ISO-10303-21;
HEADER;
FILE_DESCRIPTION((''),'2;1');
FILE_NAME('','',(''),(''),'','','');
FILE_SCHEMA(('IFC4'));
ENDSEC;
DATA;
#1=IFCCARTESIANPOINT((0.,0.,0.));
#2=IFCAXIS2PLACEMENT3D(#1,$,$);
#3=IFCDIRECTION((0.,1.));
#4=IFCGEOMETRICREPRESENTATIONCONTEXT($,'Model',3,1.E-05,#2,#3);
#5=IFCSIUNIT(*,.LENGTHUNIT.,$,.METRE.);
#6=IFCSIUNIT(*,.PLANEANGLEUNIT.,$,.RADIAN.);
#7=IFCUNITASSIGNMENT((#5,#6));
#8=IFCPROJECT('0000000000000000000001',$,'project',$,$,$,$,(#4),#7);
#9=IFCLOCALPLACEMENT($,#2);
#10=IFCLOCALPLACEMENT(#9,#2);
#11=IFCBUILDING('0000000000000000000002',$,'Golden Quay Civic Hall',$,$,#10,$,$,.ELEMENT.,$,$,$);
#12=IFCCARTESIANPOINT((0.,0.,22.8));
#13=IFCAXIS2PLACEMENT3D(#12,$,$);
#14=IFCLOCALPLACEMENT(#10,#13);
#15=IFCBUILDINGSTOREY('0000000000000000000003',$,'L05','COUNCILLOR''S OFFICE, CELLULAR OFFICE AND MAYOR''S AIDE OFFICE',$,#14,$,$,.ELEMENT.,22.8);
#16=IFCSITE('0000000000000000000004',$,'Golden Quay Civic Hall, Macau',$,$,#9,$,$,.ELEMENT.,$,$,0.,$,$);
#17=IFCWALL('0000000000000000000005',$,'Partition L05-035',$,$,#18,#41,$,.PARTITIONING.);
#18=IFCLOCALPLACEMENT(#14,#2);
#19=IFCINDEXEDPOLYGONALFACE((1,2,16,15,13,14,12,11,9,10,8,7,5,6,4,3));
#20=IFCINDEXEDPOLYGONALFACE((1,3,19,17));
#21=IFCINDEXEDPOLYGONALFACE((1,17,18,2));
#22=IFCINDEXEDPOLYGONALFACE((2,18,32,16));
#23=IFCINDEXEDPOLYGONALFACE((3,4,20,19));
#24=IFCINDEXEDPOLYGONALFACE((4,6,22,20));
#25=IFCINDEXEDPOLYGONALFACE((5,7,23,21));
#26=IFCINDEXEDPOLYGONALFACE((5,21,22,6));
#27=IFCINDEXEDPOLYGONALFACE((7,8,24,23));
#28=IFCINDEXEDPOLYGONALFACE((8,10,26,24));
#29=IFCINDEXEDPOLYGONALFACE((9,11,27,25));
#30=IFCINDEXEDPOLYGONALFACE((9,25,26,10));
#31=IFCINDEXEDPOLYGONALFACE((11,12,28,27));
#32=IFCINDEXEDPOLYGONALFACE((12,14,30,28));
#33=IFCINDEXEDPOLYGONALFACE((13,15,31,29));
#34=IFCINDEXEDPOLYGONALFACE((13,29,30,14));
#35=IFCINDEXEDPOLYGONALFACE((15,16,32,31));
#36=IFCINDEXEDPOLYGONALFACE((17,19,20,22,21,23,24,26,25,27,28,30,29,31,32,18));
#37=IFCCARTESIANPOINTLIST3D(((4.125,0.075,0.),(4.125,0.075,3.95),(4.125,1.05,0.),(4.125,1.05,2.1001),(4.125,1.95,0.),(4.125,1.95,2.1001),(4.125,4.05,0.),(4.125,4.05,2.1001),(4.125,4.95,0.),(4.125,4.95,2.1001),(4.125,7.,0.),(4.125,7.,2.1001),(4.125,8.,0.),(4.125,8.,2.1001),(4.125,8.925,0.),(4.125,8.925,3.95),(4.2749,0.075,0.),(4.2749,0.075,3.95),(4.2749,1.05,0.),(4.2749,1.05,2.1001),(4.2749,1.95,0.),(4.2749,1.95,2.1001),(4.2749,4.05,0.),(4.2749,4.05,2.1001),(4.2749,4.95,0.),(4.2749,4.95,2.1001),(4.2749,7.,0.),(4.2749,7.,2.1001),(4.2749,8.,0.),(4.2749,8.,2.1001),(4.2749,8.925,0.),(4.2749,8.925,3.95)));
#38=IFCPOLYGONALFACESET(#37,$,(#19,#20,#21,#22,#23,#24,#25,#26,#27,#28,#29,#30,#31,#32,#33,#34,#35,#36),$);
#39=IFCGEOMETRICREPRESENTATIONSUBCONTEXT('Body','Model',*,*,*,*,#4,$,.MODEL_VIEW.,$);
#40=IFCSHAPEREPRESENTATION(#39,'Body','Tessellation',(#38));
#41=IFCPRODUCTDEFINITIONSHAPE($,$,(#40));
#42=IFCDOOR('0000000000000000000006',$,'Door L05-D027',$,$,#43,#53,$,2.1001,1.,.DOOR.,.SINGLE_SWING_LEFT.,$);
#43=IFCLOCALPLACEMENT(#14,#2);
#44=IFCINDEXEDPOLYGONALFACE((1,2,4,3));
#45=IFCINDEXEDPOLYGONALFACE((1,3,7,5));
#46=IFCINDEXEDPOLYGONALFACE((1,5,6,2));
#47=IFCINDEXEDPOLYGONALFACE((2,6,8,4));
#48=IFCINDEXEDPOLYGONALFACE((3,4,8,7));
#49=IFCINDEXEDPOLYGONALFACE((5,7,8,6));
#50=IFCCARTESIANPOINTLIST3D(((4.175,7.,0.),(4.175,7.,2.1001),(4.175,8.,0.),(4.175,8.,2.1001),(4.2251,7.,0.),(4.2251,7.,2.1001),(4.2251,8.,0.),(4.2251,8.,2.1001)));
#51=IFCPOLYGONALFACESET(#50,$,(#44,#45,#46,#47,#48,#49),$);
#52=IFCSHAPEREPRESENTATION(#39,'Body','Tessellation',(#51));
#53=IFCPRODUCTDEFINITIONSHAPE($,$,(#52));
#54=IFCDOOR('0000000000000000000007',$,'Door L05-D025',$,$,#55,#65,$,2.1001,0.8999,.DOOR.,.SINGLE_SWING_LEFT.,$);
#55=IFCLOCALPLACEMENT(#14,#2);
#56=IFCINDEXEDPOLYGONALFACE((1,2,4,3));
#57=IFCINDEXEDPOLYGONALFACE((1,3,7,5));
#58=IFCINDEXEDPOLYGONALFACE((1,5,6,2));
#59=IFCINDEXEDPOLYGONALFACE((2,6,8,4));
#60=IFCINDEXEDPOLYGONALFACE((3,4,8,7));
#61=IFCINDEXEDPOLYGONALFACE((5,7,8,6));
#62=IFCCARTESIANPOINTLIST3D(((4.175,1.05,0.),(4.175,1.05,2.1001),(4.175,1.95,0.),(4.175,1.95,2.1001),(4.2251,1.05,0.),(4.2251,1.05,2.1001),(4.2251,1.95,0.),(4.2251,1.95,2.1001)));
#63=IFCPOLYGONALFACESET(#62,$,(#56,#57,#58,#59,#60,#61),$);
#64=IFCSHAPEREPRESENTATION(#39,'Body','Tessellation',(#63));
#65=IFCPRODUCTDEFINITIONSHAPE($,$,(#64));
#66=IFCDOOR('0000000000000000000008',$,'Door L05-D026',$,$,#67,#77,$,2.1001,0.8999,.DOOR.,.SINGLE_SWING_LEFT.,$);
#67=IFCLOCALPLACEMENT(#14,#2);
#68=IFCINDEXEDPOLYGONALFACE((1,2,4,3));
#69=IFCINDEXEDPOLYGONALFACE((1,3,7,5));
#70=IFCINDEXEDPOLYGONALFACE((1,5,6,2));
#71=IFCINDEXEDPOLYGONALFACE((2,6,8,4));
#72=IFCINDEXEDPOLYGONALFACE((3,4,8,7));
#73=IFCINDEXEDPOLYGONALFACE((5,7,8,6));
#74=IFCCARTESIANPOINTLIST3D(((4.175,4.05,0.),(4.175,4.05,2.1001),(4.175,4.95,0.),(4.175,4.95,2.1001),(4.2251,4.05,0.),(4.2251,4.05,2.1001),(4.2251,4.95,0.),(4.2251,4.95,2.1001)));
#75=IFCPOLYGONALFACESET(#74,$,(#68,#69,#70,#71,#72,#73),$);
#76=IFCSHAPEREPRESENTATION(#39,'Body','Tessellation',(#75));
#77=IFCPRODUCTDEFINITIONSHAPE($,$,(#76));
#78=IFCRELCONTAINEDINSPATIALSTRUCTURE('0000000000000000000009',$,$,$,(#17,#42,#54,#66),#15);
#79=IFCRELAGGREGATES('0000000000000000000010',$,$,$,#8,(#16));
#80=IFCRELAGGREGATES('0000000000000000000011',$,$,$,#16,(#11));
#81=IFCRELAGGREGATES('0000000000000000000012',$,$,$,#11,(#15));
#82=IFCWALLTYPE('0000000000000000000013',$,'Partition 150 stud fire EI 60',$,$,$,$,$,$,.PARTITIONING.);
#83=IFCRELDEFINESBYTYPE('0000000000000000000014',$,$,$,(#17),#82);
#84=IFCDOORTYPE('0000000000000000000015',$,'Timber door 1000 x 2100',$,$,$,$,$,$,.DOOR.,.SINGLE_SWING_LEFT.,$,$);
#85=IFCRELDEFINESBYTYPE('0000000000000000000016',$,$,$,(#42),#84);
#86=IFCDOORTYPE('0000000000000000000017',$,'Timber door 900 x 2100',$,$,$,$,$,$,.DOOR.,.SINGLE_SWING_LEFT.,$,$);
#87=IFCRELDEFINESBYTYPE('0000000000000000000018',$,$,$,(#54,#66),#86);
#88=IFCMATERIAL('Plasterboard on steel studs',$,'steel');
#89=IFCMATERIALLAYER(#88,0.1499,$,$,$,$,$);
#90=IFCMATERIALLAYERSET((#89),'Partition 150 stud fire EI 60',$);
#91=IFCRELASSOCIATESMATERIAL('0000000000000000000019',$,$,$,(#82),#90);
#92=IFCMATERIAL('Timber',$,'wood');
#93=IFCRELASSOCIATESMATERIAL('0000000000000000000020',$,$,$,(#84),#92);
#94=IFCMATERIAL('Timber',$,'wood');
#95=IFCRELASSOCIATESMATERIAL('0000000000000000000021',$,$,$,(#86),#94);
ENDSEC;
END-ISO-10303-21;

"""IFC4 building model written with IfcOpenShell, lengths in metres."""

from ifc_helpers import new_model, si_unit, direction, frame, frame_2d, origin, place, context, subcontext, project, spatial, rectangle, extrude, material, layer, layer_set, type_object, element, fill, save


model = new_model("IFC4")

# Units and contexts
model_context = context("Model", 3, precision=1e-05, world=origin(), true_north=direction((0.0, 1.0)))
body_context = subcontext(model_context, "Body", "Model", "MODEL_VIEW")
ifc_project = project(units=[si_unit("LENGTHUNIT", "METRE"), si_unit("PLANEANGLEUNIT", "RADIAN")], contexts=[model_context])

# Site, building, storey
site_placement = place(None, origin())
site = spatial("IfcSite", under=ifc_project, at=site_placement, Name="Golden Quay Civic Hall, Macau", CompositionType="ELEMENT", RefElevation=0.0)
building_placement = place(site_placement, origin())
building = spatial("IfcBuilding", under=site, at=building_placement, Name="Golden Quay Civic Hall", CompositionType="ELEMENT")
storey_placement = place(building_placement, frame((0.0, 0.0, 22.8)))
storey = spatial("IfcBuildingStorey", under=building, at=storey_placement, Name="L05", Description="COUNCILLOR'S OFFICE, CELLULAR OFFICE AND MAYOR'S AIDE OFFICE", CompositionType="ELEMENT", Elevation=22.8)

# Wall, openings, doors
ifc_material_1 = material(Name="Plasterboard on steel studs", Category="steel")
ifc_layer_1 = layer(ifc_material_1, 0.1499)
ifc_layer_set_1 = layer_set([ifc_layer_1], Name="Partition 150 stud fire EI 60")
wall_type_1 = type_object("IfcWallType", Name="Partition 150 stud fire EI 60", PredefinedType="PARTITIONING", material=ifc_layer_set_1)
wall_1_placement = place(storey_placement, frame((4.2, 0.075, 0.0), z_axis=(0.0, 0.0, 1.0), x_axis=(0.0, 1.0, 0.0)))
wall_1 = element("IfcWall", 1, at=wall_1_placement, inside=storey, type_object=wall_type_1, Name="Partition L05-035", PredefinedType="PARTITIONING", context=body_context, shape_type="SweptSolid", body=[
    extrude(rectangle(XDim=8.8501, YDim=0.1499, at=frame_2d((4.425, 0.0))), origin(), (0.0, 0.0, 1.0), 3.95),
])
opening_1_placement = place(wall_1_placement, frame((0.9751, 0.0, 0.0)))
opening_1 = element("IfcOpeningElement", 2, at=opening_1_placement, cuts=wall_1, PredefinedType="OPENING", context=body_context, shape_type="SweptSolid", body=[
    extrude(rectangle(XDim=0.8999, YDim=2.1001, at=frame_2d((0.45, 1.05))), frame((0.0, 0.085, 0.0), z_axis=(0.0, -1.0, 0.0), x_axis=(1.0, 0.0, 0.0)), (0.0, 0.0, 1.0), 0.1699),
])
opening_2_placement = place(wall_1_placement, frame((3.9751, 0.0, 0.0)))
opening_2 = element("IfcOpeningElement", 3, at=opening_2_placement, cuts=wall_1, PredefinedType="OPENING", context=body_context, shape_type="SweptSolid", body=[
    extrude(rectangle(XDim=0.8999, YDim=2.1001, at=frame_2d((0.45, 1.05))), frame((0.0, 0.085, 0.0), z_axis=(0.0, -1.0, 0.0), x_axis=(1.0, 0.0, 0.0)), (0.0, 0.0, 1.0), 0.1699),
])
opening_3_placement = place(wall_1_placement, frame((6.925, 0.0, 0.0)))
opening_3 = element("IfcOpeningElement", 4, at=opening_3_placement, cuts=wall_1, PredefinedType="OPENING", context=body_context, shape_type="SweptSolid", body=[
    extrude(rectangle(XDim=1.0, YDim=2.1001, at=frame_2d((0.5, 1.05))), frame((0.0, 0.085, 0.0), z_axis=(0.0, -1.0, 0.0), x_axis=(1.0, 0.0, 0.0)), (0.0, 0.0, 1.0), 0.1699),
])
ifc_material_2 = material(Name="Timber", Category="wood")
door_type_1 = type_object("IfcDoorType", Name="Timber door 1000 x 2100", OperationType="SINGLE_SWING_LEFT", PredefinedType="DOOR", material=ifc_material_2)
door_1_placement = place(opening_3_placement, origin())
door_1 = element("IfcDoor", 5, at=door_1_placement, inside=storey, type_object=door_type_1, Name="Door L05-D027", OperationType="SINGLE_SWING_LEFT", OverallHeight=2.1001, OverallWidth=1.0, PredefinedType="DOOR", context=body_context, shape_type="SweptSolid", body=[
    extrude(rectangle(XDim=1.0, YDim=2.1001, at=frame_2d((0.5, 1.05))), frame((0.0, 0.0249, 0.0), z_axis=(0.0, -1.0, 0.0), x_axis=(1.0, 0.0, 0.0)), (0.0, 0.0, 1.0), 0.05),
])
fill(opening_3, door_1)
ifc_material_3 = material(Name="Timber", Category="wood")
door_type_2 = type_object("IfcDoorType", Name="Timber door 900 x 2100", OperationType="SINGLE_SWING_LEFT", PredefinedType="DOOR", material=ifc_material_3)
door_2_placement = place(opening_1_placement, origin())
door_2 = element("IfcDoor", 6, at=door_2_placement, inside=storey, type_object=door_type_2, Name="Door L05-D025", OperationType="SINGLE_SWING_LEFT", OverallHeight=2.1001, OverallWidth=0.8999, PredefinedType="DOOR", context=body_context, shape_type="SweptSolid", body=[
    extrude(rectangle(XDim=0.8999, YDim=2.1001, at=frame_2d((0.45, 1.05))), frame((0.0, 0.0249, 0.0), z_axis=(0.0, -1.0, 0.0), x_axis=(1.0, 0.0, 0.0)), (0.0, 0.0, 1.0), 0.05),
])
fill(opening_1, door_2)
door_3_placement = place(opening_2_placement, origin())
door_3 = element("IfcDoor", 7, at=door_3_placement, inside=storey, type_object=door_type_2, Name="Door L05-D026", OperationType="SINGLE_SWING_LEFT", OverallHeight=2.1001, OverallWidth=0.8999, PredefinedType="DOOR", context=body_context, shape_type="SweptSolid", body=[
    extrude(rectangle(XDim=0.8999, YDim=2.1001, at=frame_2d((0.45, 1.05))), frame((0.0, 0.0249, 0.0), z_axis=(0.0, -1.0, 0.0), x_axis=(1.0, 0.0, 0.0)), (0.0, 0.0, 1.0), 0.05),
])
fill(opening_2, door_3)

save(model, "model.ifc")
